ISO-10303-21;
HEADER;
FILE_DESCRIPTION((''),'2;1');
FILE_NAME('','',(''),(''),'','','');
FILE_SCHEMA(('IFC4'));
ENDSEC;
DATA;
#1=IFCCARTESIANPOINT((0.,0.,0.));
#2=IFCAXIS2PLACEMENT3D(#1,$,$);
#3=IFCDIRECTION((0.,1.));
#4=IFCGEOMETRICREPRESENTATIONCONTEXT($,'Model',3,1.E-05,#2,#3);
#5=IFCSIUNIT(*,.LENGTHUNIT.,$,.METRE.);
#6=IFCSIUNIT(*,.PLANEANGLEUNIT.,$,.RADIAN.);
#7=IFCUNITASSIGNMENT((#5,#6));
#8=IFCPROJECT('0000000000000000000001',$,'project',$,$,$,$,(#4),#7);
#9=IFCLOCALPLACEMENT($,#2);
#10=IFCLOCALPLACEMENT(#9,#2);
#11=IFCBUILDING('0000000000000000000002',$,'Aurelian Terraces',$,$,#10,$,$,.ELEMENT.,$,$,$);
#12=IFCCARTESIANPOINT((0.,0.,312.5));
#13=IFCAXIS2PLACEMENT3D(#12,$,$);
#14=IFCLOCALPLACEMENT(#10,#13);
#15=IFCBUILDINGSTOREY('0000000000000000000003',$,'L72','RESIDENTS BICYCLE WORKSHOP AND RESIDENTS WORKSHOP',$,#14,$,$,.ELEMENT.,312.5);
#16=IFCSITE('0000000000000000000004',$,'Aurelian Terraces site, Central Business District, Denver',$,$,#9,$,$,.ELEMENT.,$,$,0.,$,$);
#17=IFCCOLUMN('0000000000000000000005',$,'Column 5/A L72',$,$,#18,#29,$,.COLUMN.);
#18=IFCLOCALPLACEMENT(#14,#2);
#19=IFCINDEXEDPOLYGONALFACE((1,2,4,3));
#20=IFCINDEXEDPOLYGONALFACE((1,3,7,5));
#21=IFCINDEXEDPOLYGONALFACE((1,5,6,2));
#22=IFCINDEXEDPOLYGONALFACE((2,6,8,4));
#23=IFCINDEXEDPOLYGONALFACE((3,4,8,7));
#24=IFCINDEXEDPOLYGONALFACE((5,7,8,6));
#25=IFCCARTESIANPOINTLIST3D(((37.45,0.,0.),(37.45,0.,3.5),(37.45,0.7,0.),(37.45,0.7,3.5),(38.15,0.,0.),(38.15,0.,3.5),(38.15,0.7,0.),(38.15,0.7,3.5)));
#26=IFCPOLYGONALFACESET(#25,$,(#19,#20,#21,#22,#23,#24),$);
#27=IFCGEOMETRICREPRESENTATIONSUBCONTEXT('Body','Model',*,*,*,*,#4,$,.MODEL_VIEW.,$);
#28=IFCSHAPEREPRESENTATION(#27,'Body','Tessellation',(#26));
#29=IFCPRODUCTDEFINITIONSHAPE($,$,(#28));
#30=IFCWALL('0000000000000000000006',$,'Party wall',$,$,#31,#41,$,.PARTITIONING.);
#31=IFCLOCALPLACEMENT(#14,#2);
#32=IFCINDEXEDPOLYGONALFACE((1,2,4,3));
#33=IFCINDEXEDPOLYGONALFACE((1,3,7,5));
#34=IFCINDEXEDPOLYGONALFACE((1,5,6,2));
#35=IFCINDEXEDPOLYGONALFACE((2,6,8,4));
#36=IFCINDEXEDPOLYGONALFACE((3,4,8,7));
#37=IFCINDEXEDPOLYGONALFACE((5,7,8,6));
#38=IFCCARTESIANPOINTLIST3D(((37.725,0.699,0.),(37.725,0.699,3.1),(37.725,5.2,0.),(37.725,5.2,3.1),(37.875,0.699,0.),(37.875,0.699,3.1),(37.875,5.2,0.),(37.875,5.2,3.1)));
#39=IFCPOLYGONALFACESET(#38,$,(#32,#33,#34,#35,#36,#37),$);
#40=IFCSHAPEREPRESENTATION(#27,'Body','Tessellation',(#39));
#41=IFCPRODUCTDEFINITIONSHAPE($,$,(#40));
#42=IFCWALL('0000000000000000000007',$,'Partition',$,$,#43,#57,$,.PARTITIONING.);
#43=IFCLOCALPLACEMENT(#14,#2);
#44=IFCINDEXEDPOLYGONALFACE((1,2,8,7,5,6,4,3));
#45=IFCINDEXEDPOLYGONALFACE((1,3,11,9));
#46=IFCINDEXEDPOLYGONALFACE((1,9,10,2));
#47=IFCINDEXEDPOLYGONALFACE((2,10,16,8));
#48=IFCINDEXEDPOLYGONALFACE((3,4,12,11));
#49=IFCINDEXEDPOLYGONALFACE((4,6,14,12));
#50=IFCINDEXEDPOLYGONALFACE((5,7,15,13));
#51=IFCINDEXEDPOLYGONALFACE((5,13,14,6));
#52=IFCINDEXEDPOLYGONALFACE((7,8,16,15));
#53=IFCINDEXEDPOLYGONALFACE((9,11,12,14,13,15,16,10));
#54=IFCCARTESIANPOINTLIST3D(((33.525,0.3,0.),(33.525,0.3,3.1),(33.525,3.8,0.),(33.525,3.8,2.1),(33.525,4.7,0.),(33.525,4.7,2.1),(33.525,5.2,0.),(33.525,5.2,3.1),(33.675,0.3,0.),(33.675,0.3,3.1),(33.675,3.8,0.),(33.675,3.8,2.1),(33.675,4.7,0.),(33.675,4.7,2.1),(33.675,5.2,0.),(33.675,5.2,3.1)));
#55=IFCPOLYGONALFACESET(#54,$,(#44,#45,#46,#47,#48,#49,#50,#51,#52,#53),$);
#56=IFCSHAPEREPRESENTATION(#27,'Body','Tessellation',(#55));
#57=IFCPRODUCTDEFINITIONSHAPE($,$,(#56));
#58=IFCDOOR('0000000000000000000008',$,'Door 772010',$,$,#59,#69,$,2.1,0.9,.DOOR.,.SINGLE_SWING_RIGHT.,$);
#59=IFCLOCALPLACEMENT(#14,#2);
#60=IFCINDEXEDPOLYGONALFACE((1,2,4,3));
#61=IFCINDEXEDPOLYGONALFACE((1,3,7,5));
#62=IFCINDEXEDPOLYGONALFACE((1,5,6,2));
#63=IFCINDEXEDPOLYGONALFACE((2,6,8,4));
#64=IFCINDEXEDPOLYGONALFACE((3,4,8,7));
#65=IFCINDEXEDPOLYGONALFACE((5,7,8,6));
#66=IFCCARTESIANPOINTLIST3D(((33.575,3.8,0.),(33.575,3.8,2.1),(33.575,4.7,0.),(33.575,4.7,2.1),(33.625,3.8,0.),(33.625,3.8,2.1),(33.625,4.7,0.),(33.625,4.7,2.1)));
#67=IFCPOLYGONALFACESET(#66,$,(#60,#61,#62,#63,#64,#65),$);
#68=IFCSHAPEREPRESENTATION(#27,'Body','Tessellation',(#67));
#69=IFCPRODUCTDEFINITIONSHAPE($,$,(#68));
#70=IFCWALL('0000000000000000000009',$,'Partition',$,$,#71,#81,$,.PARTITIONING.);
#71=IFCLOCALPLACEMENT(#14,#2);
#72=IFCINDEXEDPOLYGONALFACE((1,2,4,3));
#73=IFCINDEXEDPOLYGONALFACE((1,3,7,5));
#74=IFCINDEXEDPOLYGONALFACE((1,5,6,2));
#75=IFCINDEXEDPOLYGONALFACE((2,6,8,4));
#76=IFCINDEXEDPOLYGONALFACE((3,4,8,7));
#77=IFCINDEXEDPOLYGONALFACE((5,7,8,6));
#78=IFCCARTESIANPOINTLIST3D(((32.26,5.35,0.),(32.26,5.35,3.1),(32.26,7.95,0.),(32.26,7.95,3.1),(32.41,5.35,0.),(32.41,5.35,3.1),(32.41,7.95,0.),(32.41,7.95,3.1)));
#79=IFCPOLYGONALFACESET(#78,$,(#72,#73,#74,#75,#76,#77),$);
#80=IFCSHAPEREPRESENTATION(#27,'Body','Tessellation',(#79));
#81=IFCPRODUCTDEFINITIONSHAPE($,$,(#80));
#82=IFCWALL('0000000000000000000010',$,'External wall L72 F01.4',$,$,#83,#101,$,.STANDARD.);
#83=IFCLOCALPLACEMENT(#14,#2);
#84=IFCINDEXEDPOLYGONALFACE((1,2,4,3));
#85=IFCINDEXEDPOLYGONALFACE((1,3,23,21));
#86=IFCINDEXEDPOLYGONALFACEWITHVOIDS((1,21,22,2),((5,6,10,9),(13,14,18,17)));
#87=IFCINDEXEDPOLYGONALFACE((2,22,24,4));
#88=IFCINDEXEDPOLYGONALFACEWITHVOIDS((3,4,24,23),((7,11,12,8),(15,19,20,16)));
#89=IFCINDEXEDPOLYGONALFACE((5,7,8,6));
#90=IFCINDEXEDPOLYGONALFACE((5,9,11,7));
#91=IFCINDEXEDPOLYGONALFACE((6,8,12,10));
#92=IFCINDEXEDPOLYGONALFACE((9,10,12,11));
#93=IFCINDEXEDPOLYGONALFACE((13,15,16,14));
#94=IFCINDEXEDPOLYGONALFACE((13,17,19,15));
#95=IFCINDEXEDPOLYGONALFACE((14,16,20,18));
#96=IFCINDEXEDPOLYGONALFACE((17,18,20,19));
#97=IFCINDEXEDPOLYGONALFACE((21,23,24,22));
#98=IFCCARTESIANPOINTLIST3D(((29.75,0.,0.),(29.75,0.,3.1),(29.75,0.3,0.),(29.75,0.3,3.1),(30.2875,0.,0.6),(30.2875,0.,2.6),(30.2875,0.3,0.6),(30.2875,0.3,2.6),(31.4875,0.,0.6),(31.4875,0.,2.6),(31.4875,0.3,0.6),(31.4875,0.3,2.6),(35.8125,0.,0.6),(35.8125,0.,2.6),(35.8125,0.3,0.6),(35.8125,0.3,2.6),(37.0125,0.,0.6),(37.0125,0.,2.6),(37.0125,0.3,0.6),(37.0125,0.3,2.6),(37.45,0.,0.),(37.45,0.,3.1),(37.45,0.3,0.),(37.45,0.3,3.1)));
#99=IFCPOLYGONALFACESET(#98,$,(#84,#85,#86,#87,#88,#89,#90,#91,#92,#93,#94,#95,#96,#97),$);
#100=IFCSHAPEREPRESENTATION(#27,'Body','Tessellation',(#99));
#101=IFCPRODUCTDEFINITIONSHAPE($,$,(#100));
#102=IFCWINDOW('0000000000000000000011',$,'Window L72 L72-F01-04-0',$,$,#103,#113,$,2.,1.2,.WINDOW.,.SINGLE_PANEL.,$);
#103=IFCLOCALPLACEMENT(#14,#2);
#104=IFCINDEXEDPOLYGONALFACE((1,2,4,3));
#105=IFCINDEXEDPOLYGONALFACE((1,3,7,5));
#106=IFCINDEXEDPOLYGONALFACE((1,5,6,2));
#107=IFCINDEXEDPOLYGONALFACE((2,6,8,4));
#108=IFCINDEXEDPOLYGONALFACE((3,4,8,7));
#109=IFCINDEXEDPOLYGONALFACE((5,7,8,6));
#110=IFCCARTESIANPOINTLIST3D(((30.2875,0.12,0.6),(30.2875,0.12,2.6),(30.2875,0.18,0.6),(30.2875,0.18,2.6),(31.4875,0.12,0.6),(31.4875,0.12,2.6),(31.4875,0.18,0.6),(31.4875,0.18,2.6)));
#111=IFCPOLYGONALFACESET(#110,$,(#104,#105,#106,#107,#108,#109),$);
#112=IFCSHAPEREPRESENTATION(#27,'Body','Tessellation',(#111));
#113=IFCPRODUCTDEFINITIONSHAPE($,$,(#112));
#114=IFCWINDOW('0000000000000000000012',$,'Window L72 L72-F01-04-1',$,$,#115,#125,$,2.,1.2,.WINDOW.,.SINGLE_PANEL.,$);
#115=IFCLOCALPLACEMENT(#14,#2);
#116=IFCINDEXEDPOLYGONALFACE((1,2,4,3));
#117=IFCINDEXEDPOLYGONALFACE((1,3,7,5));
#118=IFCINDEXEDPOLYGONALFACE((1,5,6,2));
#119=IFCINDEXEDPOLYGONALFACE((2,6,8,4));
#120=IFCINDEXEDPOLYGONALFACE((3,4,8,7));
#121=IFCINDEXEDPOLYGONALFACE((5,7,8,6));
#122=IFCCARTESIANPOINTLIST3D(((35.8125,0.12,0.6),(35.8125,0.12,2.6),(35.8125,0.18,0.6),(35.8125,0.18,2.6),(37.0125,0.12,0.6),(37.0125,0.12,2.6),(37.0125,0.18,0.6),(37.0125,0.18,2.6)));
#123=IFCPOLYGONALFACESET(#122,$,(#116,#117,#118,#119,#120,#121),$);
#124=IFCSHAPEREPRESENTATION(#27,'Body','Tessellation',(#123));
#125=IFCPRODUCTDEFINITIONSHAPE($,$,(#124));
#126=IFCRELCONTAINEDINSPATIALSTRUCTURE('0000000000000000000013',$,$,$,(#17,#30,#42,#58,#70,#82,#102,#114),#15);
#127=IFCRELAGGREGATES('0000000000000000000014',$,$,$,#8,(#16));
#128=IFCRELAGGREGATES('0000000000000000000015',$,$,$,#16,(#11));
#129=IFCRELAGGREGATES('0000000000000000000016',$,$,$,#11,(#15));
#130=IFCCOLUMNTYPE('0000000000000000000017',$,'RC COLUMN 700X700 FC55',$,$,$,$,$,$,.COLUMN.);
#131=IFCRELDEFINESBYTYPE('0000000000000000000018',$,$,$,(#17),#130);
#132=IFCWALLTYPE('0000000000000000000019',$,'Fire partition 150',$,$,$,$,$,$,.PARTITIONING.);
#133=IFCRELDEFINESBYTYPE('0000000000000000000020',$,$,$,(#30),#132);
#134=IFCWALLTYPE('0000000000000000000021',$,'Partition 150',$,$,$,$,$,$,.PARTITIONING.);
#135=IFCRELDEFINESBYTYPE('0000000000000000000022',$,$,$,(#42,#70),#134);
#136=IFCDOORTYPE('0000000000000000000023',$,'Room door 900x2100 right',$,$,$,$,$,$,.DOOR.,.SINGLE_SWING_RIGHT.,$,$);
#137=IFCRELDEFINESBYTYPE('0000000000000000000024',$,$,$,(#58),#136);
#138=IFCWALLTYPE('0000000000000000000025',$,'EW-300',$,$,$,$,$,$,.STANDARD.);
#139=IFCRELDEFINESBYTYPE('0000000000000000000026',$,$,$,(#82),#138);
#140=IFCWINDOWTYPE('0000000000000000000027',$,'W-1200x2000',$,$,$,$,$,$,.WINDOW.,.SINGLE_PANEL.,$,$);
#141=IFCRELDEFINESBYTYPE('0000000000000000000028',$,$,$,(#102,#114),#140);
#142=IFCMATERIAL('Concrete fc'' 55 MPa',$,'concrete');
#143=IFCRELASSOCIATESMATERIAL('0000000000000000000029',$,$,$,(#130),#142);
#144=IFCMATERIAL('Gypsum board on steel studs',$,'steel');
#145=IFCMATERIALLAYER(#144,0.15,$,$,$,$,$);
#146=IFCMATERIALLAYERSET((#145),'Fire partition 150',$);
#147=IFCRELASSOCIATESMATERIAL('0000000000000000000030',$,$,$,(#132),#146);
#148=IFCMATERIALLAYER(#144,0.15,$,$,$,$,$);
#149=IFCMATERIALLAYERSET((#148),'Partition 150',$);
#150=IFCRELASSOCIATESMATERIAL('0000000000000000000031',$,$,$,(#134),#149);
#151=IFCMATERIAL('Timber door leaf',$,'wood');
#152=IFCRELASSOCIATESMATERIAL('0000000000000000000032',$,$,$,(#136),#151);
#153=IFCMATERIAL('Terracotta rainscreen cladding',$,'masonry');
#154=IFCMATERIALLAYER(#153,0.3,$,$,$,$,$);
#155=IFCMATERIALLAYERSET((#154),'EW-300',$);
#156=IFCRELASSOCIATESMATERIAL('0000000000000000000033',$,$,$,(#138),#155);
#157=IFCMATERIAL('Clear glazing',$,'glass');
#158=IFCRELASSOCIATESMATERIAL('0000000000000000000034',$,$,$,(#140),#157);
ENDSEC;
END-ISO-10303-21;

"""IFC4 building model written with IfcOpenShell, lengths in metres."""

from ifc_helpers import new_model, si_unit, direction, frame, frame_2d, origin, origin_2d, place, context, subcontext, project, spatial, rectangle, extrude, source, transform, mapped, material, layer, layer_set, material_profile, profile_set, type_object, element, fill, save


model = new_model("IFC4")

# Units and contexts
model_context = context("Model", 3, precision=1e-05, world=origin(), true_north=direction((0.0, 1.0)))
body_context = subcontext(model_context, "Body", "Model", "MODEL_VIEW")
ifc_project = project(units=[si_unit("LENGTHUNIT", "METRE"), si_unit("PLANEANGLEUNIT", "RADIAN")], contexts=[model_context])

# Site, building, storey
site_placement = place(None, origin())
site = spatial("IfcSite", under=ifc_project, at=site_placement, Name="Aurelian Terraces site, Central Business District, Denver", CompositionType="ELEMENT", RefElevation=0.0)
building_placement = place(site_placement, origin())
building = spatial("IfcBuilding", under=site, at=building_placement, Name="Aurelian Terraces", CompositionType="ELEMENT")
storey_placement = place(building_placement, frame((0.0, 0.0, 312.5)))
storey = spatial("IfcBuildingStorey", under=building, at=storey_placement, Name="L72", Description="RESIDENTS BICYCLE WORKSHOP AND RESIDENTS WORKSHOP", CompositionType="ELEMENT", Elevation=312.5)

# Column
ifc_material_1 = material(Name="Concrete fc' 55 MPa", Category="concrete")
ifc_material_profile = material_profile(ifc_material_1, rectangle(XDim=0.7, YDim=0.7, at=origin_2d()))
ifc_profile_set = profile_set([ifc_material_profile], Name="Concrete fc' 55 MPa")
column_type = type_object("IfcColumnType", Name="RC COLUMN 700X700 FC55", PredefinedType="COLUMN", material=ifc_profile_set)
shared_shape_1 = source(origin(), body_context, "Body", "SweptSolid", [
    extrude(rectangle(XDim=0.7, YDim=0.7, at=origin_2d()), origin(), (0.0, 0.0, 1.0), 3.5),
])
column_placement = place(storey_placement, frame((37.8, 0.35, 0.0), z_axis=(0.0, 0.0, 1.0), x_axis=(1.0, 0.0, 0.0)))
element("IfcColumn", 1, at=column_placement, inside=storey, type_object=column_type, Name="Column 5/A L72", PredefinedType="COLUMN", context=body_context, shape_type="MappedRepresentation", body=[
    mapped(shared_shape_1, transform((0.0, 0.0, 0.0), scale=1.0)),
])

# Wall
ifc_material_2 = material(Name="Gypsum board on steel studs", Category="steel")
ifc_layer_1 = layer(ifc_material_2, 0.15)
ifc_layer_set_1 = layer_set([ifc_layer_1], Name="Fire partition 150")
wall_type_1 = type_object("IfcWallType", Name="Fire partition 150", PredefinedType="PARTITIONING", material=ifc_layer_set_1)
wall_1_placement = place(storey_placement, frame((37.8, 0.699, 0.0), z_axis=(0.0, 0.0, 1.0), x_axis=(0.0, 1.0, 0.0)))
element("IfcWall", 2, at=wall_1_placement, inside=storey, type_object=wall_type_1, Name="Party wall", PredefinedType="PARTITIONING", context=body_context, shape_type="SweptSolid", body=[
    extrude(rectangle(XDim=4.501, YDim=0.15, at=frame_2d((2.2505, 0.0))), origin(), (0.0, 0.0, 1.0), 3.1),
])

# Wall, opening, door
ifc_layer_2 = layer(ifc_material_2, 0.15)
ifc_layer_set_2 = layer_set([ifc_layer_2], Name="Partition 150")
wall_type_2 = type_object("IfcWallType", Name="Partition 150", PredefinedType="PARTITIONING", material=ifc_layer_set_2)
wall_2_placement = place(storey_placement, frame((33.6, 0.3, 0.0), z_axis=(0.0, 0.0, 1.0), x_axis=(0.0, 1.0, 0.0)))
wall_2 = element("IfcWall", 3, at=wall_2_placement, inside=storey, type_object=wall_type_2, Name="Partition", PredefinedType="PARTITIONING", context=body_context, shape_type="SweptSolid", body=[
    extrude(rectangle(XDim=4.9, YDim=0.15, at=frame_2d((2.45, 0.0))), origin(), (0.0, 0.0, 1.0), 3.1),
])
shared_shape_2 = source(origin(), body_context, "Body", "SweptSolid", [
    extrude(rectangle(XDim=0.9, YDim=2.1, at=frame_2d((0.45, 1.05))), frame((0.0, 0.085, 0.0), z_axis=(0.0, -1.0, 0.0), x_axis=(1.0, 0.0, 0.0)), (0.0, 0.0, 1.0), 0.17),
])
opening_1_placement = place(wall_2_placement, frame((3.5, 0.0, 0.0)))
opening_1 = element("IfcOpeningElement", 4, at=opening_1_placement, cuts=wall_2, PredefinedType="OPENING", context=body_context, shape_type="MappedRepresentation", body=[
    mapped(shared_shape_2, transform((0.0, 0.0, 0.0), scale=1.0)),
])
ifc_material_3 = material(Name="Timber door leaf", Category="wood")
door_type_1 = type_object("IfcDoorType", Name="Room door 900x2100 right", OperationType="SINGLE_SWING_RIGHT", PredefinedType="DOOR", material=ifc_material_3)
shared_shape_3 = source(origin(), body_context, "Body", "SweptSolid", [
    extrude(rectangle(XDim=0.9, YDim=2.1, at=frame_2d((0.45, 1.05))), frame((0.0, 0.025, 0.0), z_axis=(0.0, -1.0, 0.0), x_axis=(1.0, 0.0, 0.0)), (0.0, 0.0, 1.0), 0.05),
])
door_1_placement = place(opening_1_placement, origin())
door_1 = element("IfcDoor", 5, at=door_1_placement, inside=storey, type_object=door_type_1, Name="Door 772010", OperationType="SINGLE_SWING_RIGHT", OverallHeight=2.1, OverallWidth=0.9, PredefinedType="DOOR", context=body_context, shape_type="MappedRepresentation", body=[
    mapped(shared_shape_3, transform((0.0, 0.0, 0.0), scale=1.0)),
])
fill(opening_1, door_1)

# Wall
wall_3_placement = place(storey_placement, frame((32.335, 5.35, 0.0), z_axis=(0.0, 0.0, 1.0), x_axis=(0.0, 1.0, 0.0)))
element("IfcWall", 6, at=wall_3_placement, inside=storey, type_object=wall_type_2, Name="Partition", PredefinedType="PARTITIONING", context=body_context, shape_type="SweptSolid", body=[
    extrude(rectangle(XDim=2.6, YDim=0.15, at=frame_2d((1.3, 0.0))), origin(), (0.0, 0.0, 1.0), 3.1),
])

# Wall, openings, windows
ifc_material_4 = material(Name="Terracotta rainscreen cladding", Category="masonry")
ifc_layer_3 = layer(ifc_material_4, 0.3)
ifc_layer_set_3 = layer_set([ifc_layer_3], Name="EW-300")
wall_type_3 = type_object("IfcWallType", Name="EW-300", PredefinedType="STANDARD", material=ifc_layer_set_3)
shared_shape_4 = source(origin(), body_context, "Body", "SweptSolid", [
    extrude(rectangle(XDim=7.7, YDim=0.3, at=frame_2d((3.85, 0.0))), origin(), (0.0, 0.0, 1.0), 3.1),
])
wall_4_placement = place(storey_placement, frame((29.75, 0.15, 0.0), z_axis=(0.0, 0.0, 1.0), x_axis=(1.0, 0.0, 0.0)))
wall_4 = element("IfcWall", 7, at=wall_4_placement, inside=storey, type_object=wall_type_3, Name="External wall L72 F01.4", PredefinedType="STANDARD", context=body_context, shape_type="MappedRepresentation", body=[
    mapped(shared_shape_4, transform((0.0, 0.0, 0.0), scale=1.0)),
])
shared_shape_5 = source(origin(), body_context, "Body", "SweptSolid", [
    extrude(rectangle(XDim=1.2, YDim=2.0, at=frame_2d((0.6, 1.0))), frame((0.0, 0.16, 0.0), z_axis=(0.0, -1.0, 0.0), x_axis=(1.0, 0.0, 0.0)), (0.0, 0.0, 1.0), 0.32),
])
opening_2_placement = place(wall_4_placement, frame((0.5375, 0.0, 0.6)))
opening_2 = element("IfcOpeningElement", 8, at=opening_2_placement, cuts=wall_4, PredefinedType="OPENING", context=body_context, shape_type="MappedRepresentation", body=[
    mapped(shared_shape_5, transform((0.0, 0.0, 0.0), scale=1.0)),
])
opening_3_placement = place(wall_4_placement, frame((6.0625, 0.0, 0.6)))
opening_3 = element("IfcOpeningElement", 9, at=opening_3_placement, cuts=wall_4, PredefinedType="OPENING", context=body_context, shape_type="MappedRepresentation", body=[
    mapped(shared_shape_5, transform((0.0, 0.0, 0.0), scale=1.0)),
])
ifc_material_5 = material(Name="Clear glazing", Category="glass")
window_type = type_object("IfcWindowType", Name="W-1200x2000", PartitioningType="SINGLE_PANEL", PredefinedType="WINDOW", material=ifc_material_5)
shared_shape_6 = source(origin(), body_context, "Body", "SweptSolid", [
    extrude(rectangle(XDim=1.2, YDim=2.0, at=frame_2d((0.6, 1.0))), frame((0.0, 0.03, 0.0), z_axis=(0.0, -1.0, 0.0), x_axis=(1.0, 0.0, 0.0)), (0.0, 0.0, 1.0), 0.06),
])
window_1_placement = place(opening_2_placement, origin())
window_1 = element("IfcWindow", 10, at=window_1_placement, inside=storey, type_object=window_type, Name="Window L72 L72-F01-04-0", OverallHeight=2.0, OverallWidth=1.2, PartitioningType="SINGLE_PANEL", PredefinedType="WINDOW", context=body_context, shape_type="MappedRepresentation", body=[
    mapped(shared_shape_6, transform((0.0, 0.0, 0.0), scale=1.0)),
])
fill(opening_2, window_1)
window_2_placement = place(opening_3_placement, origin())
window_2 = element("IfcWindow", 11, at=window_2_placement, inside=storey, type_object=window_type, Name="Window L72 L72-F01-04-1", OverallHeight=2.0, OverallWidth=1.2, PartitioningType="SINGLE_PANEL", PredefinedType="WINDOW", context=body_context, shape_type="MappedRepresentation", body=[
    mapped(shared_shape_6, transform((0.0, 0.0, 0.0), scale=1.0)),
])
fill(opening_3, window_2)

save(model, "model.ifc")
